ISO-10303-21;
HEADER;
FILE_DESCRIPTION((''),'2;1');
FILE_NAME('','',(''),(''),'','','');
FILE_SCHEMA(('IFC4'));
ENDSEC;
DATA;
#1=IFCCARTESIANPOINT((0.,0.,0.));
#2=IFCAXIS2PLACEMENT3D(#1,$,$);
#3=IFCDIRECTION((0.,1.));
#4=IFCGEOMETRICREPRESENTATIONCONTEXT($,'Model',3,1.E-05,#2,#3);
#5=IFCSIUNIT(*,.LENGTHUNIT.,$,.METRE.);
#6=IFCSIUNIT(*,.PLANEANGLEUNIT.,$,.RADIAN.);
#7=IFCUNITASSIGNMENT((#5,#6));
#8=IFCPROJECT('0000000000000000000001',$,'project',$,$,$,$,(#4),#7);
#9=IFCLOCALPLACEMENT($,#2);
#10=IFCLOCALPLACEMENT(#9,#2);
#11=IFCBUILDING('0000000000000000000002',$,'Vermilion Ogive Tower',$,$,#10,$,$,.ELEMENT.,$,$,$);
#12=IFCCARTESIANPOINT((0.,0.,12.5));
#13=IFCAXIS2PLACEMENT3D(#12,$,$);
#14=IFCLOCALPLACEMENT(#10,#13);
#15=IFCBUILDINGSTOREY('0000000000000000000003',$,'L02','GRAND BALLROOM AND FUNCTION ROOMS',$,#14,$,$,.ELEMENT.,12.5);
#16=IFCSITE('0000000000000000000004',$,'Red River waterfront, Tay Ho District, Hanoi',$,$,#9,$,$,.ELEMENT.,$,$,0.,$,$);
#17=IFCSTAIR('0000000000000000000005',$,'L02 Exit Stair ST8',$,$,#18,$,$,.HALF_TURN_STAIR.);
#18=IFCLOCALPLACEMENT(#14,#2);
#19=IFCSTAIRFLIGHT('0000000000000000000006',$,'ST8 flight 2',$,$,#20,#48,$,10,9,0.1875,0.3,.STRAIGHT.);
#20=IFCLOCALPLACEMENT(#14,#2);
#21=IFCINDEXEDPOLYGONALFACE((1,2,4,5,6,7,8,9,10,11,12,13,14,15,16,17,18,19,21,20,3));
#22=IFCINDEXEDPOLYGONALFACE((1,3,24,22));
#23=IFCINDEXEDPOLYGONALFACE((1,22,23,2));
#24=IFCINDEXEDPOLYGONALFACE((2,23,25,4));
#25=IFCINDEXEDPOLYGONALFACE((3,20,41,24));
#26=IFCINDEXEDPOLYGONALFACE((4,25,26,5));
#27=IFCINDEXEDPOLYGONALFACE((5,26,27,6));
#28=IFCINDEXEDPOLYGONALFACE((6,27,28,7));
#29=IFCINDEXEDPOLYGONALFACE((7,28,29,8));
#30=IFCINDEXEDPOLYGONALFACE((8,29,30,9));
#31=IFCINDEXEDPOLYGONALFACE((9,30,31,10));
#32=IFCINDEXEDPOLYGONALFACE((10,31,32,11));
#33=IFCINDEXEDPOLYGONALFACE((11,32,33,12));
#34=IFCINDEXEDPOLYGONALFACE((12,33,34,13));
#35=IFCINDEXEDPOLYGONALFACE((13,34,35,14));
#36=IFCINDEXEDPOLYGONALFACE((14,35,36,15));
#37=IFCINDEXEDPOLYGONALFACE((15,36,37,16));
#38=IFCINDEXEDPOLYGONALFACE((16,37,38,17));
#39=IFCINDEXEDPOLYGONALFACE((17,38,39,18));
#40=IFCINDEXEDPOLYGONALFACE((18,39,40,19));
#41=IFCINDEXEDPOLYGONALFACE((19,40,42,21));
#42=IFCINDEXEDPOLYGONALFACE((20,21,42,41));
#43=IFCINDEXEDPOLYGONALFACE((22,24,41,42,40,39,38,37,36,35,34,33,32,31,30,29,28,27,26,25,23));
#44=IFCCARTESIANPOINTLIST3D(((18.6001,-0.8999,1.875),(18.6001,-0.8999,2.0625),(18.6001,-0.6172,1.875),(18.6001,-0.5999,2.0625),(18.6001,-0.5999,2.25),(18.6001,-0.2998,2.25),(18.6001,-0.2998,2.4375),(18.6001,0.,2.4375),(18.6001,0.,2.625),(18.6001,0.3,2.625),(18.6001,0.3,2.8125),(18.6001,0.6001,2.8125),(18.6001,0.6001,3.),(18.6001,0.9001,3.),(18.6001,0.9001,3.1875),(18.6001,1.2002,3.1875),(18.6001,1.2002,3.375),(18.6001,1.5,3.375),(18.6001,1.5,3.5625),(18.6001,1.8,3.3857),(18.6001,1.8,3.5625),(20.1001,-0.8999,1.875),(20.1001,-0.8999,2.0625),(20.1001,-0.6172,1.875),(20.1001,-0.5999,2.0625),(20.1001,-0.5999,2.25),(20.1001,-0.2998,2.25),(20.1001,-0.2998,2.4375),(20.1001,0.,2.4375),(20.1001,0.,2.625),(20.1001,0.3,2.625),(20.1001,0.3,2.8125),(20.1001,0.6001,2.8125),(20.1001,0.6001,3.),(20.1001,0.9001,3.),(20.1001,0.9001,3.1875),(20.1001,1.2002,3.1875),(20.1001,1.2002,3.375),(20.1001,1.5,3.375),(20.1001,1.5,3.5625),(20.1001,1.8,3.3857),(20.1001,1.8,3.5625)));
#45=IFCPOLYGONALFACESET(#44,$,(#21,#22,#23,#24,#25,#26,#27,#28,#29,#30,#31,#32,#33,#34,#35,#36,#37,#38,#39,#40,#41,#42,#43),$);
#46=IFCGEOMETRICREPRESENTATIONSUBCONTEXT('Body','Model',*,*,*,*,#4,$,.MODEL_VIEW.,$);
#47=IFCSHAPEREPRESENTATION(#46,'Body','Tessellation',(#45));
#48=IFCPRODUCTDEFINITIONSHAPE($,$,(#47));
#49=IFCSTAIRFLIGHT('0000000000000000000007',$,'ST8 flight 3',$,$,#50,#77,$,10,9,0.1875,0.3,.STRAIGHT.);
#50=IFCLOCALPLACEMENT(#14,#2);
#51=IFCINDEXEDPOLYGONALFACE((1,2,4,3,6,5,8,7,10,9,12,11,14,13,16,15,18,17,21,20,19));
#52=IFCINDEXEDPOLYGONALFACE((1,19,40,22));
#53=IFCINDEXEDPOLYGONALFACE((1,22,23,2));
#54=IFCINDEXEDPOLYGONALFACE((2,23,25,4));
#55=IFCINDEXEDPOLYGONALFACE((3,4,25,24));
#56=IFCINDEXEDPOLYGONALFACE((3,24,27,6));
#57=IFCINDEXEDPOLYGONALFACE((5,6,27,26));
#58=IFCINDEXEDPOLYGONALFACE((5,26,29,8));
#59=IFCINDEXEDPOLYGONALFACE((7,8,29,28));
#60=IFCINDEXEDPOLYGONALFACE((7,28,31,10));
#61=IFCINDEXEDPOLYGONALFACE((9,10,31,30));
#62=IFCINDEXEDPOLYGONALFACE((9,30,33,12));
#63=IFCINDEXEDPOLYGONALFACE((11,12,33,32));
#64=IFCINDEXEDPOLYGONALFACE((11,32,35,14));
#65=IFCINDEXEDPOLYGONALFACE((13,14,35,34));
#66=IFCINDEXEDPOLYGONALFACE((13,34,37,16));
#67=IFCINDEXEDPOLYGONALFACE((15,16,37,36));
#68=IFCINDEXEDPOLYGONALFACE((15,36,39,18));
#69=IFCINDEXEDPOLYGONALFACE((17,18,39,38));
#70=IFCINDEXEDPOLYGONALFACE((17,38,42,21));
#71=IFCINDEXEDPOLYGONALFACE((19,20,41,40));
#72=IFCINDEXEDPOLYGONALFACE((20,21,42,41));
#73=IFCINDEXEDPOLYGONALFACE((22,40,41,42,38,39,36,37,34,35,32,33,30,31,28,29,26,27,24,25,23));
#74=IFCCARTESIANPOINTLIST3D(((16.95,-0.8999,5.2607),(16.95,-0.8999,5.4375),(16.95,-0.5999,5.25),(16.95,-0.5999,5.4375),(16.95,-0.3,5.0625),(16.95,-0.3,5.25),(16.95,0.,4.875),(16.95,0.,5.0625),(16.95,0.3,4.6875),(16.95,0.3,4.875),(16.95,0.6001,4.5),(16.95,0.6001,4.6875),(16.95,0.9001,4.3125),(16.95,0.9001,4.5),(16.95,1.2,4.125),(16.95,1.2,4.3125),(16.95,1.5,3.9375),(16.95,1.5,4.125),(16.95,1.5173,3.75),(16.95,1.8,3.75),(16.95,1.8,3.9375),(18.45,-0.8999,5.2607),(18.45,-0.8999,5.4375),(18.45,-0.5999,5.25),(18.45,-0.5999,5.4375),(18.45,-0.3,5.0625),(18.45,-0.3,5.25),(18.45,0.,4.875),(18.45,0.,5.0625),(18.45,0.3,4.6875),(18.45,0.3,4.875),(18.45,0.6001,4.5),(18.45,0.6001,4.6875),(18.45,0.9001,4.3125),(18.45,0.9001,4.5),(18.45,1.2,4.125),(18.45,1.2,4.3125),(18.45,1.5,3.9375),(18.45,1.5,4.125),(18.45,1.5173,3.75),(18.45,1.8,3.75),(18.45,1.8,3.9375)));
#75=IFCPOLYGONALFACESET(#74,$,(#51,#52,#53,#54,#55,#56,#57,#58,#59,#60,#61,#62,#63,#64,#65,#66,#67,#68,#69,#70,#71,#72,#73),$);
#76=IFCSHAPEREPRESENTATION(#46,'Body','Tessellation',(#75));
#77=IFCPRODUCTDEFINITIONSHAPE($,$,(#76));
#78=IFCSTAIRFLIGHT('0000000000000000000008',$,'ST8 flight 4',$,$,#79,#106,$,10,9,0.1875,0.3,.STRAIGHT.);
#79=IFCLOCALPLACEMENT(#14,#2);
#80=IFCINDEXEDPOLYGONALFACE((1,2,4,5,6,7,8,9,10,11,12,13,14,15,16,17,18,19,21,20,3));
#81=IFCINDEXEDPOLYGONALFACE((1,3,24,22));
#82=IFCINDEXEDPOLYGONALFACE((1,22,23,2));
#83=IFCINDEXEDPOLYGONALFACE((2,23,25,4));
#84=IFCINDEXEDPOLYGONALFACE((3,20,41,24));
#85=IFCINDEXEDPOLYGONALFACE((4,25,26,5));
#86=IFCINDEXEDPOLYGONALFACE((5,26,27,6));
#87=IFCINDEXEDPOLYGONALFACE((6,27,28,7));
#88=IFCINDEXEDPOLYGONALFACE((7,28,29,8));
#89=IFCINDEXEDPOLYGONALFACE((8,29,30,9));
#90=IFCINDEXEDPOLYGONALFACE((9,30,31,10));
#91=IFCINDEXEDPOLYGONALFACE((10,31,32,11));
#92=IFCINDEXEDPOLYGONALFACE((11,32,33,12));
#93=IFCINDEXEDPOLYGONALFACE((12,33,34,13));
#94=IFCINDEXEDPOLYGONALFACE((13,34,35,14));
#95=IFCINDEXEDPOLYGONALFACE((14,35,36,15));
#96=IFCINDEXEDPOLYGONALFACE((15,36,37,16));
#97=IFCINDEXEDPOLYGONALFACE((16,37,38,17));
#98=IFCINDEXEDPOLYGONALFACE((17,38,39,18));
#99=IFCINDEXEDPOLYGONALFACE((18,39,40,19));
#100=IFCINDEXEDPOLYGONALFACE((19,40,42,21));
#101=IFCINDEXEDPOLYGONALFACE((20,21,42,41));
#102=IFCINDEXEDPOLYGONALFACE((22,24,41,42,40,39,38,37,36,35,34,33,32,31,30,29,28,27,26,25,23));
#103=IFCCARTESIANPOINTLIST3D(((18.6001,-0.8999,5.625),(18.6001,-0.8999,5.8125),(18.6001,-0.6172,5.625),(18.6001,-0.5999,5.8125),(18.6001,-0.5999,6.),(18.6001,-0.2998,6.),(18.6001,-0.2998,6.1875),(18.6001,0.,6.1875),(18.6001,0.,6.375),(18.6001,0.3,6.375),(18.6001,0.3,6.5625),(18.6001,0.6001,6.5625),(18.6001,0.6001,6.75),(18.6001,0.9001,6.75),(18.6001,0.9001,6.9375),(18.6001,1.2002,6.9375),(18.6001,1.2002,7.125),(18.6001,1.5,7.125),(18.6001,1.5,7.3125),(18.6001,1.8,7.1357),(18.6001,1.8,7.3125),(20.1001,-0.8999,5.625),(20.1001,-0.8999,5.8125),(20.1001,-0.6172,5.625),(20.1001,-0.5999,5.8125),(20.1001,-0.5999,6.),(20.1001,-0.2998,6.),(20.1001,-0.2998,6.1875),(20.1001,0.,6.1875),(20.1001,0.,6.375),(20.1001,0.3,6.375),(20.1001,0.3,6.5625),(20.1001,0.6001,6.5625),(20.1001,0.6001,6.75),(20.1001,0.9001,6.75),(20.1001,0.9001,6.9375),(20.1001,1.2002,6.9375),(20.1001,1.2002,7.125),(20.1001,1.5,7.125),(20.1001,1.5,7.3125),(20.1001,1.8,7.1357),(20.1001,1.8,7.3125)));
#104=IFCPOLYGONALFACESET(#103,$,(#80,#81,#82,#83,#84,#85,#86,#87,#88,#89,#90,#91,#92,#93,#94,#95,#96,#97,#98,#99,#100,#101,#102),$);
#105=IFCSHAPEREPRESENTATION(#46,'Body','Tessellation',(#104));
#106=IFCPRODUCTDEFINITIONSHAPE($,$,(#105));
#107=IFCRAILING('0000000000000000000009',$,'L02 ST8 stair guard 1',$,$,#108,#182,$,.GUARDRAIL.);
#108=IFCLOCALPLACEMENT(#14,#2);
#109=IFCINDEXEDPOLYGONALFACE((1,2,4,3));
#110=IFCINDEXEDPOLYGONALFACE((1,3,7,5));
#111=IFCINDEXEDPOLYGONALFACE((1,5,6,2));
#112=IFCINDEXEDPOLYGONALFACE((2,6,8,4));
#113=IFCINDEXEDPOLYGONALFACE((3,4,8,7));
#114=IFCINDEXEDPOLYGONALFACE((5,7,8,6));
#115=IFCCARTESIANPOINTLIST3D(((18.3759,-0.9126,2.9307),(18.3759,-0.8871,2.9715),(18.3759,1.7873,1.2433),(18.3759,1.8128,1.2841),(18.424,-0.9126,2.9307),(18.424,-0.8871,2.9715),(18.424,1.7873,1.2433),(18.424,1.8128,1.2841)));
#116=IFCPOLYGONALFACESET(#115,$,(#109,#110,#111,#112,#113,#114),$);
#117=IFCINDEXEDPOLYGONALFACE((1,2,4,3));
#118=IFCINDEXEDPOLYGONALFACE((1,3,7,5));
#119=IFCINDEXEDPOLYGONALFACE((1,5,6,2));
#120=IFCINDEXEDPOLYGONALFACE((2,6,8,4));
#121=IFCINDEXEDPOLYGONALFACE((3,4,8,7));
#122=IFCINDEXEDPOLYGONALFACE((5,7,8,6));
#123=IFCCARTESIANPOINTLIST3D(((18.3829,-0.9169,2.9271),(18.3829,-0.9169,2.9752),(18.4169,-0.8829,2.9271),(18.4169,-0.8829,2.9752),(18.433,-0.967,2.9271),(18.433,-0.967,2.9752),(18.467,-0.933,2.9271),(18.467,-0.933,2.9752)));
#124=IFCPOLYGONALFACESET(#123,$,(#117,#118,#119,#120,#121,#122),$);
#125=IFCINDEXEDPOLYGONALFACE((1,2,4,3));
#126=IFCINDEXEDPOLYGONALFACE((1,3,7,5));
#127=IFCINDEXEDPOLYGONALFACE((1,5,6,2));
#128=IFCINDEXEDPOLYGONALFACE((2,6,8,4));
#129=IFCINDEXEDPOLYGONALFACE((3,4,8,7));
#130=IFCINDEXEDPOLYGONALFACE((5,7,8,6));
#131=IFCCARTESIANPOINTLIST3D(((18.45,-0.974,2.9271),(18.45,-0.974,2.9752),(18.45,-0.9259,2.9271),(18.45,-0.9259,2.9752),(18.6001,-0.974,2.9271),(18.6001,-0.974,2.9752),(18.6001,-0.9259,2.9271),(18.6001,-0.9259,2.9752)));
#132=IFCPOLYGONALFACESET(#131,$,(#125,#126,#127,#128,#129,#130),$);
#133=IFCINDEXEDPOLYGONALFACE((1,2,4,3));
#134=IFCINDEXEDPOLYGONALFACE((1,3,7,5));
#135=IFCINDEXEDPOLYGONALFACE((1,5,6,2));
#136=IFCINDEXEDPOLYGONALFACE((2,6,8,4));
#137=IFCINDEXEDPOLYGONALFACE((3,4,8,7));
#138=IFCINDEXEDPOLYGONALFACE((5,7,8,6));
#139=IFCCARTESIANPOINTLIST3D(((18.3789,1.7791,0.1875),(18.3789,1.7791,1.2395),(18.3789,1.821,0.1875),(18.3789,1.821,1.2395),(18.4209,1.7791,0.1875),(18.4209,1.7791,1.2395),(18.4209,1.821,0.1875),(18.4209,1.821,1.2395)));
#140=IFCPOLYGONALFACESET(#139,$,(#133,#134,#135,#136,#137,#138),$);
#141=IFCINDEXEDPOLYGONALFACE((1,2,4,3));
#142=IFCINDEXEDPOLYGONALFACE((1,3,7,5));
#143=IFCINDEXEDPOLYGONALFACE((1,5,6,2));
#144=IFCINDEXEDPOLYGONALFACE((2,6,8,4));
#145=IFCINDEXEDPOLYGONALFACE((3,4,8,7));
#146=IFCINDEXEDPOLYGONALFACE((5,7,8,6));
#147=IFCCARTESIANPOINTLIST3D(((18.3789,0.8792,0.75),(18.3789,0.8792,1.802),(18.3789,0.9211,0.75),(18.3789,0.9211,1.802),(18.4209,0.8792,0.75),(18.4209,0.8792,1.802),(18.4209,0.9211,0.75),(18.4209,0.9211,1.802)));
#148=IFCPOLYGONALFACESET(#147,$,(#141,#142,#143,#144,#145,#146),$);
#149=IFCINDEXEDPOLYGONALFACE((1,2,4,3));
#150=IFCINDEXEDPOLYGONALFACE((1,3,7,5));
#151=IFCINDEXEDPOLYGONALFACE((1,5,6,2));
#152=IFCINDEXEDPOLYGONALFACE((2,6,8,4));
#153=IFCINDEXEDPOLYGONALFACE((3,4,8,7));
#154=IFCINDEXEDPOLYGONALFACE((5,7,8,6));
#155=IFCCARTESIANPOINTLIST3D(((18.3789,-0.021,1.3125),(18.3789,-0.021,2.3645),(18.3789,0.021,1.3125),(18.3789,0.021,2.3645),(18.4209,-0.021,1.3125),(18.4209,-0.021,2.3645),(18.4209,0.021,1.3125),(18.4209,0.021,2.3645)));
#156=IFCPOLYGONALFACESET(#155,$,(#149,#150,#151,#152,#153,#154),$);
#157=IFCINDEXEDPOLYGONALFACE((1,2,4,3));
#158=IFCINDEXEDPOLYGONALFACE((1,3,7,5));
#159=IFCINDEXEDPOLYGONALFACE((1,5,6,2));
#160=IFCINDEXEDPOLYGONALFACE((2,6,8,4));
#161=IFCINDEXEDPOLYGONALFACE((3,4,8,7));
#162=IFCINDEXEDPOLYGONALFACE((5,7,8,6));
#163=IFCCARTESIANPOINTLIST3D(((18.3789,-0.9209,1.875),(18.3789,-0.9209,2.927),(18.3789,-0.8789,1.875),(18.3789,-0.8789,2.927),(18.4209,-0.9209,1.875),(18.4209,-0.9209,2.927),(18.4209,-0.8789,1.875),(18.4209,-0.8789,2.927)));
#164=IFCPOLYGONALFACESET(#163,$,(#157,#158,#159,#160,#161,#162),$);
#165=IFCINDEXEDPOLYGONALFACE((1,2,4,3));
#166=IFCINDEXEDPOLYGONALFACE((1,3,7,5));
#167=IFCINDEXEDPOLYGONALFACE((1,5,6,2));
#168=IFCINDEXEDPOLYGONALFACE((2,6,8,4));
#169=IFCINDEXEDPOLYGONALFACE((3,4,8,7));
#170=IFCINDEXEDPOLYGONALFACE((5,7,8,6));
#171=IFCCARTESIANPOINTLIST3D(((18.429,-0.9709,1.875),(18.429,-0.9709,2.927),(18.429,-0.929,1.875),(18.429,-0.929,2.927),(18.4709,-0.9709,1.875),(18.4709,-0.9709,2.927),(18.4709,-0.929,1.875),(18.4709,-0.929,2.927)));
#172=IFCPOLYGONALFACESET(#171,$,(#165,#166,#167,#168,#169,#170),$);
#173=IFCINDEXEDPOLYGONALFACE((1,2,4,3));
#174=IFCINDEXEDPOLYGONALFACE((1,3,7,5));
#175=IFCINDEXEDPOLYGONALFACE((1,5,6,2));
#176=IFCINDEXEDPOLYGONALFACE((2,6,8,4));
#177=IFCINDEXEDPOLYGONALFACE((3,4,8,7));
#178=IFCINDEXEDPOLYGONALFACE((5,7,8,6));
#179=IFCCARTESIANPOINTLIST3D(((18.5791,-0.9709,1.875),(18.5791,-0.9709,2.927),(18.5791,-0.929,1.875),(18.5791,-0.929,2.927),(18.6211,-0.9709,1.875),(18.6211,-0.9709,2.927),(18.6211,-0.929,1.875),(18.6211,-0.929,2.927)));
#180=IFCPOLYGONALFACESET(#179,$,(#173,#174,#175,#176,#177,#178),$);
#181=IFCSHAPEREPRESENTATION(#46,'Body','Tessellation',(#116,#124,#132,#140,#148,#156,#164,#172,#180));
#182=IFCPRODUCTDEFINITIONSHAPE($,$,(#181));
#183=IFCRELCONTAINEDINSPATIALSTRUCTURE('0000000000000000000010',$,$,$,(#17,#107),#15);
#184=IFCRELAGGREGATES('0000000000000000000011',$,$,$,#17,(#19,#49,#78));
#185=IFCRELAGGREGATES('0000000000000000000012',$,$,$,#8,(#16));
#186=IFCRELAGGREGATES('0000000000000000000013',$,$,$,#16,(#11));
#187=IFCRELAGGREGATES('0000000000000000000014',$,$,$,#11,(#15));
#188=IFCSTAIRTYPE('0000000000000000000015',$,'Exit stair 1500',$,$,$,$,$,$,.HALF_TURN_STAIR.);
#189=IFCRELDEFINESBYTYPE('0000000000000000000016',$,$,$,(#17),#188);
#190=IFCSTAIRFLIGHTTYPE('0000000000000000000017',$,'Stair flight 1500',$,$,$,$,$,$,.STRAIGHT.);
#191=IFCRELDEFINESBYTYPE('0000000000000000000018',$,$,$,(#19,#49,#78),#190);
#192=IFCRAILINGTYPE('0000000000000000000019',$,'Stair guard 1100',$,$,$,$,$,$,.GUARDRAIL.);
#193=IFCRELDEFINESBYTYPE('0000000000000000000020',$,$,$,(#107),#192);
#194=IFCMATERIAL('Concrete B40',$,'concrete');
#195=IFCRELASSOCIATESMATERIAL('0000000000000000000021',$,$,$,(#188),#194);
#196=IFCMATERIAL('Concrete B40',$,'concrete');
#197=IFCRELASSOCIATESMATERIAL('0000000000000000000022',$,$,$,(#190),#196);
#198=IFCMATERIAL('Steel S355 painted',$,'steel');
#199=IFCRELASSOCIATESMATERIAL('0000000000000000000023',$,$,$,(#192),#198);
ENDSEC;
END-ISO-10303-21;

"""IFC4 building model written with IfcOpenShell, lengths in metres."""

from ifc_helpers import new_model, si_unit, direction, frame, origin, origin_2d, place, context, subcontext, project, spatial, polyline, rectangle, outline, extrude, material, type_object, element, aggregate, save


model = new_model("IFC4")

# Units and contexts
model_context = context("Model", 3, precision=1e-05, world=origin(), true_north=direction((0.0, 1.0)))
body_context = subcontext(model_context, "Body", "Model", "MODEL_VIEW")
ifc_project = project(units=[si_unit("LENGTHUNIT", "METRE"), si_unit("PLANEANGLEUNIT", "RADIAN")], contexts=[model_context])

# Site, building, storey
site_placement = place(None, origin())
site = spatial("IfcSite", under=ifc_project, at=site_placement, Name="Red River waterfront, Tay Ho District, Hanoi", CompositionType="ELEMENT", RefElevation=0.0)
building_placement = place(site_placement, origin())
building = spatial("IfcBuilding", under=site, at=building_placement, Name="Vermilion Ogive Tower", CompositionType="ELEMENT")
storey_placement = place(building_placement, frame((0.0, 0.0, 12.5)))
storey = spatial("IfcBuildingStorey", under=building, at=storey_placement, Name="L02", Description="GRAND BALLROOM AND FUNCTION ROOMS", CompositionType="ELEMENT", Elevation=12.5)

# Stair, stair flights
ifc_material_1 = material(Name="Concrete B40", Category="concrete")
stair_type = type_object("IfcStairType", Name="Exit stair 1500", PredefinedType="HALF_TURN_STAIR", material=ifc_material_1)
stair_placement = place(storey_placement, origin())
stair = element("IfcStair", 1, at=stair_placement, inside=storey, type_object=stair_type, Name="L02 Exit Stair ST8", PredefinedType="HALF_TURN_STAIR")
ifc_material_2 = material(Name="Concrete B40", Category="concrete")
stair_flight_type = type_object("IfcStairFlightType", Name="Stair flight 1500", PredefinedType="STRAIGHT", material=ifc_material_2)
stair_flight_1_placement = place(storey_placement, frame((19.3501, -0.8999, 1.875), z_axis=(0.0, 0.0, 1.0), x_axis=(0.0, 1.0, 0.0)))
stair_flight_1 = element("IfcStairFlight", 2, at=stair_flight_1_placement, type_object=stair_flight_type, Name="ST8 flight 2", NumberOfRisers=10, NumberOfTreads=9, PredefinedType="STRAIGHT", RiserHeight=0.1875, TreadLength=0.3, context=body_context, shape_type="SweptSolid", body=[
    extrude(outline(polyline([(0.0, 0.0), (0.0, 0.1875), (0.3, 0.1875), (0.3, 0.375), (0.6001, 0.375), (0.6001, 0.5625), (0.8999, 0.5625), (0.8999, 0.75), (1.2, 0.75), (1.2, 0.9375), (1.5, 0.9375), (1.5, 1.125), (1.8, 1.125), (1.8, 1.3125), (2.1001, 1.3125), (2.1001, 1.5), (2.3999, 1.5), (2.3999, 1.6875), (2.7, 1.6875), (2.7, 1.875), (2.7, 1.5107), (0.2827, 0.0), (0.0, 0.0)])), frame((0.0, 0.75, 0.0), z_axis=(0.0, -1.0, 0.0), x_axis=(1.0, 0.0, 0.0)), (0.0, 0.0, 1.0), 1.5),
])
stair_flight_2_placement = place(storey_placement, frame((17.7, 1.8, 3.75), z_axis=(0.0, 0.0, 1.0), x_axis=(0.0, -1.0, 0.0)))
stair_flight_2 = element("IfcStairFlight", 3, at=stair_flight_2_placement, type_object=stair_flight_type, Name="ST8 flight 3", NumberOfRisers=10, NumberOfTreads=9, PredefinedType="STRAIGHT", RiserHeight=0.1875, TreadLength=0.3, context=body_context, shape_type="SweptSolid", body=[
    extrude(outline(polyline([(0.0, 0.0), (0.0, 0.1875), (0.3, 0.1875), (0.3, 0.375), (0.6001, 0.375), (0.6001, 0.5625), (0.8999, 0.5625), (0.8999, 0.75), (1.2, 0.75), (1.2, 0.9375), (1.5, 0.9375), (1.5, 1.125), (1.8, 1.125), (1.8, 1.3125), (2.1001, 1.3125), (2.1001, 1.5), (2.3999, 1.5), (2.3999, 1.6875), (2.7, 1.6875), (2.7, 1.875), (2.7, 1.5107), (0.2827, 0.0), (0.0, 0.0)])), frame((0.0, 0.75, 0.0), z_axis=(0.0, -1.0, 0.0), x_axis=(1.0, 0.0, 0.0)), (0.0, 0.0, 1.0), 1.5),
])
stair_flight_3_placement = place(storey_placement, frame((19.3501, -0.8999, 5.625), z_axis=(0.0, 0.0, 1.0), x_axis=(0.0, 1.0, 0.0)))
stair_flight_3 = element("IfcStairFlight", 4, at=stair_flight_3_placement, type_object=stair_flight_type, Name="ST8 flight 4", NumberOfRisers=10, NumberOfTreads=9, PredefinedType="STRAIGHT", RiserHeight=0.1875, TreadLength=0.3, context=body_context, shape_type="SweptSolid", body=[
    extrude(outline(polyline([(0.0, 0.0), (0.0, 0.1875), (0.3, 0.1875), (0.3, 0.375), (0.6001, 0.375), (0.6001, 0.5625), (0.8999, 0.5625), (0.8999, 0.75), (1.2, 0.75), (1.2, 0.9375), (1.5, 0.9375), (1.5, 1.125), (1.8, 1.125), (1.8, 1.3125), (2.1001, 1.3125), (2.1001, 1.5), (2.3999, 1.5), (2.3999, 1.6875), (2.7, 1.6875), (2.7, 1.875), (2.7, 1.5107), (0.2827, 0.0), (0.0, 0.0)])), frame((0.0, 0.75, 0.0), z_axis=(0.0, -1.0, 0.0), x_axis=(1.0, 0.0, 0.0)), (0.0, 0.0, 1.0), 1.5),
])
aggregate(stair, [stair_flight_1, stair_flight_2, stair_flight_3])

# Railing
ifc_material_3 = material(Name="Steel S355 painted", Category="steel")
railing_type_1 = type_object("IfcRailingType", Name="Stair guard 1100", PredefinedType="GUARDRAIL", material=ifc_material_3)
railing_1_placement = place(storey_placement, frame((18.3999, 1.8, 0.1875)))
element("IfcRailing", 5, at=railing_1_placement, inside=storey, type_object=railing_type_1, Name="L02 ST8 stair guard 1", PredefinedType="GUARDRAIL", context=body_context, shape_type="SweptSolid", body=[
    extrude(rectangle(XDim=0.0481, YDim=0.0481, at=origin_2d()), frame((0.0, 0.0, 1.0762), z_axis=(0.0, -0.847994, 0.530006), x_axis=(1.0, 0.0, 0.0)), (0.0, 0.0, 1.0), 3.1838),
    extrude(rectangle(XDim=0.0481, YDim=0.0481, at=origin_2d()), frame((0.0, -2.7, 2.7637), z_axis=(0.707107, -0.707107, 0.0), x_axis=(0.707107, 0.707107, 0.0)), (0.0, 0.0, 1.0), 0.0708),
    extrude(rectangle(XDim=0.0481, YDim=0.0481, at=origin_2d()), frame((0.05, -2.75, 2.7637), z_axis=(1.0, 0.0, 0.0), x_axis=(0.0, 1.0, 0.0)), (0.0, 0.0, 1.0), 0.1501),
    extrude(rectangle(XDim=0.042, YDim=0.042, at=origin_2d()), origin(), (0.0, 0.0, 1.0), 1.052),
    extrude(rectangle(XDim=0.042, YDim=0.042, at=origin_2d()), frame((0.0, -0.8999, 0.5625)), (0.0, 0.0, 1.0), 1.052),
    extrude(rectangle(XDim=0.042, YDim=0.042, at=origin_2d()), frame((0.0, -1.8, 1.125)), (0.0, 0.0, 1.0), 1.052),
    extrude(rectangle(XDim=0.042, YDim=0.042, at=origin_2d()), frame((0.0, -2.7, 1.6875)), (0.0, 0.0, 1.0), 1.052),
    extrude(rectangle(XDim=0.042, YDim=0.042, at=origin_2d()), frame((0.05, -2.75, 1.6875)), (0.0, 0.0, 1.0), 1.052),
    extrude(rectangle(XDim=0.042, YDim=0.042, at=origin_2d()), frame((0.2002, -2.75, 1.6875)), (0.0, 0.0, 1.0), 1.052),
])

save(model, "model.ifc")
